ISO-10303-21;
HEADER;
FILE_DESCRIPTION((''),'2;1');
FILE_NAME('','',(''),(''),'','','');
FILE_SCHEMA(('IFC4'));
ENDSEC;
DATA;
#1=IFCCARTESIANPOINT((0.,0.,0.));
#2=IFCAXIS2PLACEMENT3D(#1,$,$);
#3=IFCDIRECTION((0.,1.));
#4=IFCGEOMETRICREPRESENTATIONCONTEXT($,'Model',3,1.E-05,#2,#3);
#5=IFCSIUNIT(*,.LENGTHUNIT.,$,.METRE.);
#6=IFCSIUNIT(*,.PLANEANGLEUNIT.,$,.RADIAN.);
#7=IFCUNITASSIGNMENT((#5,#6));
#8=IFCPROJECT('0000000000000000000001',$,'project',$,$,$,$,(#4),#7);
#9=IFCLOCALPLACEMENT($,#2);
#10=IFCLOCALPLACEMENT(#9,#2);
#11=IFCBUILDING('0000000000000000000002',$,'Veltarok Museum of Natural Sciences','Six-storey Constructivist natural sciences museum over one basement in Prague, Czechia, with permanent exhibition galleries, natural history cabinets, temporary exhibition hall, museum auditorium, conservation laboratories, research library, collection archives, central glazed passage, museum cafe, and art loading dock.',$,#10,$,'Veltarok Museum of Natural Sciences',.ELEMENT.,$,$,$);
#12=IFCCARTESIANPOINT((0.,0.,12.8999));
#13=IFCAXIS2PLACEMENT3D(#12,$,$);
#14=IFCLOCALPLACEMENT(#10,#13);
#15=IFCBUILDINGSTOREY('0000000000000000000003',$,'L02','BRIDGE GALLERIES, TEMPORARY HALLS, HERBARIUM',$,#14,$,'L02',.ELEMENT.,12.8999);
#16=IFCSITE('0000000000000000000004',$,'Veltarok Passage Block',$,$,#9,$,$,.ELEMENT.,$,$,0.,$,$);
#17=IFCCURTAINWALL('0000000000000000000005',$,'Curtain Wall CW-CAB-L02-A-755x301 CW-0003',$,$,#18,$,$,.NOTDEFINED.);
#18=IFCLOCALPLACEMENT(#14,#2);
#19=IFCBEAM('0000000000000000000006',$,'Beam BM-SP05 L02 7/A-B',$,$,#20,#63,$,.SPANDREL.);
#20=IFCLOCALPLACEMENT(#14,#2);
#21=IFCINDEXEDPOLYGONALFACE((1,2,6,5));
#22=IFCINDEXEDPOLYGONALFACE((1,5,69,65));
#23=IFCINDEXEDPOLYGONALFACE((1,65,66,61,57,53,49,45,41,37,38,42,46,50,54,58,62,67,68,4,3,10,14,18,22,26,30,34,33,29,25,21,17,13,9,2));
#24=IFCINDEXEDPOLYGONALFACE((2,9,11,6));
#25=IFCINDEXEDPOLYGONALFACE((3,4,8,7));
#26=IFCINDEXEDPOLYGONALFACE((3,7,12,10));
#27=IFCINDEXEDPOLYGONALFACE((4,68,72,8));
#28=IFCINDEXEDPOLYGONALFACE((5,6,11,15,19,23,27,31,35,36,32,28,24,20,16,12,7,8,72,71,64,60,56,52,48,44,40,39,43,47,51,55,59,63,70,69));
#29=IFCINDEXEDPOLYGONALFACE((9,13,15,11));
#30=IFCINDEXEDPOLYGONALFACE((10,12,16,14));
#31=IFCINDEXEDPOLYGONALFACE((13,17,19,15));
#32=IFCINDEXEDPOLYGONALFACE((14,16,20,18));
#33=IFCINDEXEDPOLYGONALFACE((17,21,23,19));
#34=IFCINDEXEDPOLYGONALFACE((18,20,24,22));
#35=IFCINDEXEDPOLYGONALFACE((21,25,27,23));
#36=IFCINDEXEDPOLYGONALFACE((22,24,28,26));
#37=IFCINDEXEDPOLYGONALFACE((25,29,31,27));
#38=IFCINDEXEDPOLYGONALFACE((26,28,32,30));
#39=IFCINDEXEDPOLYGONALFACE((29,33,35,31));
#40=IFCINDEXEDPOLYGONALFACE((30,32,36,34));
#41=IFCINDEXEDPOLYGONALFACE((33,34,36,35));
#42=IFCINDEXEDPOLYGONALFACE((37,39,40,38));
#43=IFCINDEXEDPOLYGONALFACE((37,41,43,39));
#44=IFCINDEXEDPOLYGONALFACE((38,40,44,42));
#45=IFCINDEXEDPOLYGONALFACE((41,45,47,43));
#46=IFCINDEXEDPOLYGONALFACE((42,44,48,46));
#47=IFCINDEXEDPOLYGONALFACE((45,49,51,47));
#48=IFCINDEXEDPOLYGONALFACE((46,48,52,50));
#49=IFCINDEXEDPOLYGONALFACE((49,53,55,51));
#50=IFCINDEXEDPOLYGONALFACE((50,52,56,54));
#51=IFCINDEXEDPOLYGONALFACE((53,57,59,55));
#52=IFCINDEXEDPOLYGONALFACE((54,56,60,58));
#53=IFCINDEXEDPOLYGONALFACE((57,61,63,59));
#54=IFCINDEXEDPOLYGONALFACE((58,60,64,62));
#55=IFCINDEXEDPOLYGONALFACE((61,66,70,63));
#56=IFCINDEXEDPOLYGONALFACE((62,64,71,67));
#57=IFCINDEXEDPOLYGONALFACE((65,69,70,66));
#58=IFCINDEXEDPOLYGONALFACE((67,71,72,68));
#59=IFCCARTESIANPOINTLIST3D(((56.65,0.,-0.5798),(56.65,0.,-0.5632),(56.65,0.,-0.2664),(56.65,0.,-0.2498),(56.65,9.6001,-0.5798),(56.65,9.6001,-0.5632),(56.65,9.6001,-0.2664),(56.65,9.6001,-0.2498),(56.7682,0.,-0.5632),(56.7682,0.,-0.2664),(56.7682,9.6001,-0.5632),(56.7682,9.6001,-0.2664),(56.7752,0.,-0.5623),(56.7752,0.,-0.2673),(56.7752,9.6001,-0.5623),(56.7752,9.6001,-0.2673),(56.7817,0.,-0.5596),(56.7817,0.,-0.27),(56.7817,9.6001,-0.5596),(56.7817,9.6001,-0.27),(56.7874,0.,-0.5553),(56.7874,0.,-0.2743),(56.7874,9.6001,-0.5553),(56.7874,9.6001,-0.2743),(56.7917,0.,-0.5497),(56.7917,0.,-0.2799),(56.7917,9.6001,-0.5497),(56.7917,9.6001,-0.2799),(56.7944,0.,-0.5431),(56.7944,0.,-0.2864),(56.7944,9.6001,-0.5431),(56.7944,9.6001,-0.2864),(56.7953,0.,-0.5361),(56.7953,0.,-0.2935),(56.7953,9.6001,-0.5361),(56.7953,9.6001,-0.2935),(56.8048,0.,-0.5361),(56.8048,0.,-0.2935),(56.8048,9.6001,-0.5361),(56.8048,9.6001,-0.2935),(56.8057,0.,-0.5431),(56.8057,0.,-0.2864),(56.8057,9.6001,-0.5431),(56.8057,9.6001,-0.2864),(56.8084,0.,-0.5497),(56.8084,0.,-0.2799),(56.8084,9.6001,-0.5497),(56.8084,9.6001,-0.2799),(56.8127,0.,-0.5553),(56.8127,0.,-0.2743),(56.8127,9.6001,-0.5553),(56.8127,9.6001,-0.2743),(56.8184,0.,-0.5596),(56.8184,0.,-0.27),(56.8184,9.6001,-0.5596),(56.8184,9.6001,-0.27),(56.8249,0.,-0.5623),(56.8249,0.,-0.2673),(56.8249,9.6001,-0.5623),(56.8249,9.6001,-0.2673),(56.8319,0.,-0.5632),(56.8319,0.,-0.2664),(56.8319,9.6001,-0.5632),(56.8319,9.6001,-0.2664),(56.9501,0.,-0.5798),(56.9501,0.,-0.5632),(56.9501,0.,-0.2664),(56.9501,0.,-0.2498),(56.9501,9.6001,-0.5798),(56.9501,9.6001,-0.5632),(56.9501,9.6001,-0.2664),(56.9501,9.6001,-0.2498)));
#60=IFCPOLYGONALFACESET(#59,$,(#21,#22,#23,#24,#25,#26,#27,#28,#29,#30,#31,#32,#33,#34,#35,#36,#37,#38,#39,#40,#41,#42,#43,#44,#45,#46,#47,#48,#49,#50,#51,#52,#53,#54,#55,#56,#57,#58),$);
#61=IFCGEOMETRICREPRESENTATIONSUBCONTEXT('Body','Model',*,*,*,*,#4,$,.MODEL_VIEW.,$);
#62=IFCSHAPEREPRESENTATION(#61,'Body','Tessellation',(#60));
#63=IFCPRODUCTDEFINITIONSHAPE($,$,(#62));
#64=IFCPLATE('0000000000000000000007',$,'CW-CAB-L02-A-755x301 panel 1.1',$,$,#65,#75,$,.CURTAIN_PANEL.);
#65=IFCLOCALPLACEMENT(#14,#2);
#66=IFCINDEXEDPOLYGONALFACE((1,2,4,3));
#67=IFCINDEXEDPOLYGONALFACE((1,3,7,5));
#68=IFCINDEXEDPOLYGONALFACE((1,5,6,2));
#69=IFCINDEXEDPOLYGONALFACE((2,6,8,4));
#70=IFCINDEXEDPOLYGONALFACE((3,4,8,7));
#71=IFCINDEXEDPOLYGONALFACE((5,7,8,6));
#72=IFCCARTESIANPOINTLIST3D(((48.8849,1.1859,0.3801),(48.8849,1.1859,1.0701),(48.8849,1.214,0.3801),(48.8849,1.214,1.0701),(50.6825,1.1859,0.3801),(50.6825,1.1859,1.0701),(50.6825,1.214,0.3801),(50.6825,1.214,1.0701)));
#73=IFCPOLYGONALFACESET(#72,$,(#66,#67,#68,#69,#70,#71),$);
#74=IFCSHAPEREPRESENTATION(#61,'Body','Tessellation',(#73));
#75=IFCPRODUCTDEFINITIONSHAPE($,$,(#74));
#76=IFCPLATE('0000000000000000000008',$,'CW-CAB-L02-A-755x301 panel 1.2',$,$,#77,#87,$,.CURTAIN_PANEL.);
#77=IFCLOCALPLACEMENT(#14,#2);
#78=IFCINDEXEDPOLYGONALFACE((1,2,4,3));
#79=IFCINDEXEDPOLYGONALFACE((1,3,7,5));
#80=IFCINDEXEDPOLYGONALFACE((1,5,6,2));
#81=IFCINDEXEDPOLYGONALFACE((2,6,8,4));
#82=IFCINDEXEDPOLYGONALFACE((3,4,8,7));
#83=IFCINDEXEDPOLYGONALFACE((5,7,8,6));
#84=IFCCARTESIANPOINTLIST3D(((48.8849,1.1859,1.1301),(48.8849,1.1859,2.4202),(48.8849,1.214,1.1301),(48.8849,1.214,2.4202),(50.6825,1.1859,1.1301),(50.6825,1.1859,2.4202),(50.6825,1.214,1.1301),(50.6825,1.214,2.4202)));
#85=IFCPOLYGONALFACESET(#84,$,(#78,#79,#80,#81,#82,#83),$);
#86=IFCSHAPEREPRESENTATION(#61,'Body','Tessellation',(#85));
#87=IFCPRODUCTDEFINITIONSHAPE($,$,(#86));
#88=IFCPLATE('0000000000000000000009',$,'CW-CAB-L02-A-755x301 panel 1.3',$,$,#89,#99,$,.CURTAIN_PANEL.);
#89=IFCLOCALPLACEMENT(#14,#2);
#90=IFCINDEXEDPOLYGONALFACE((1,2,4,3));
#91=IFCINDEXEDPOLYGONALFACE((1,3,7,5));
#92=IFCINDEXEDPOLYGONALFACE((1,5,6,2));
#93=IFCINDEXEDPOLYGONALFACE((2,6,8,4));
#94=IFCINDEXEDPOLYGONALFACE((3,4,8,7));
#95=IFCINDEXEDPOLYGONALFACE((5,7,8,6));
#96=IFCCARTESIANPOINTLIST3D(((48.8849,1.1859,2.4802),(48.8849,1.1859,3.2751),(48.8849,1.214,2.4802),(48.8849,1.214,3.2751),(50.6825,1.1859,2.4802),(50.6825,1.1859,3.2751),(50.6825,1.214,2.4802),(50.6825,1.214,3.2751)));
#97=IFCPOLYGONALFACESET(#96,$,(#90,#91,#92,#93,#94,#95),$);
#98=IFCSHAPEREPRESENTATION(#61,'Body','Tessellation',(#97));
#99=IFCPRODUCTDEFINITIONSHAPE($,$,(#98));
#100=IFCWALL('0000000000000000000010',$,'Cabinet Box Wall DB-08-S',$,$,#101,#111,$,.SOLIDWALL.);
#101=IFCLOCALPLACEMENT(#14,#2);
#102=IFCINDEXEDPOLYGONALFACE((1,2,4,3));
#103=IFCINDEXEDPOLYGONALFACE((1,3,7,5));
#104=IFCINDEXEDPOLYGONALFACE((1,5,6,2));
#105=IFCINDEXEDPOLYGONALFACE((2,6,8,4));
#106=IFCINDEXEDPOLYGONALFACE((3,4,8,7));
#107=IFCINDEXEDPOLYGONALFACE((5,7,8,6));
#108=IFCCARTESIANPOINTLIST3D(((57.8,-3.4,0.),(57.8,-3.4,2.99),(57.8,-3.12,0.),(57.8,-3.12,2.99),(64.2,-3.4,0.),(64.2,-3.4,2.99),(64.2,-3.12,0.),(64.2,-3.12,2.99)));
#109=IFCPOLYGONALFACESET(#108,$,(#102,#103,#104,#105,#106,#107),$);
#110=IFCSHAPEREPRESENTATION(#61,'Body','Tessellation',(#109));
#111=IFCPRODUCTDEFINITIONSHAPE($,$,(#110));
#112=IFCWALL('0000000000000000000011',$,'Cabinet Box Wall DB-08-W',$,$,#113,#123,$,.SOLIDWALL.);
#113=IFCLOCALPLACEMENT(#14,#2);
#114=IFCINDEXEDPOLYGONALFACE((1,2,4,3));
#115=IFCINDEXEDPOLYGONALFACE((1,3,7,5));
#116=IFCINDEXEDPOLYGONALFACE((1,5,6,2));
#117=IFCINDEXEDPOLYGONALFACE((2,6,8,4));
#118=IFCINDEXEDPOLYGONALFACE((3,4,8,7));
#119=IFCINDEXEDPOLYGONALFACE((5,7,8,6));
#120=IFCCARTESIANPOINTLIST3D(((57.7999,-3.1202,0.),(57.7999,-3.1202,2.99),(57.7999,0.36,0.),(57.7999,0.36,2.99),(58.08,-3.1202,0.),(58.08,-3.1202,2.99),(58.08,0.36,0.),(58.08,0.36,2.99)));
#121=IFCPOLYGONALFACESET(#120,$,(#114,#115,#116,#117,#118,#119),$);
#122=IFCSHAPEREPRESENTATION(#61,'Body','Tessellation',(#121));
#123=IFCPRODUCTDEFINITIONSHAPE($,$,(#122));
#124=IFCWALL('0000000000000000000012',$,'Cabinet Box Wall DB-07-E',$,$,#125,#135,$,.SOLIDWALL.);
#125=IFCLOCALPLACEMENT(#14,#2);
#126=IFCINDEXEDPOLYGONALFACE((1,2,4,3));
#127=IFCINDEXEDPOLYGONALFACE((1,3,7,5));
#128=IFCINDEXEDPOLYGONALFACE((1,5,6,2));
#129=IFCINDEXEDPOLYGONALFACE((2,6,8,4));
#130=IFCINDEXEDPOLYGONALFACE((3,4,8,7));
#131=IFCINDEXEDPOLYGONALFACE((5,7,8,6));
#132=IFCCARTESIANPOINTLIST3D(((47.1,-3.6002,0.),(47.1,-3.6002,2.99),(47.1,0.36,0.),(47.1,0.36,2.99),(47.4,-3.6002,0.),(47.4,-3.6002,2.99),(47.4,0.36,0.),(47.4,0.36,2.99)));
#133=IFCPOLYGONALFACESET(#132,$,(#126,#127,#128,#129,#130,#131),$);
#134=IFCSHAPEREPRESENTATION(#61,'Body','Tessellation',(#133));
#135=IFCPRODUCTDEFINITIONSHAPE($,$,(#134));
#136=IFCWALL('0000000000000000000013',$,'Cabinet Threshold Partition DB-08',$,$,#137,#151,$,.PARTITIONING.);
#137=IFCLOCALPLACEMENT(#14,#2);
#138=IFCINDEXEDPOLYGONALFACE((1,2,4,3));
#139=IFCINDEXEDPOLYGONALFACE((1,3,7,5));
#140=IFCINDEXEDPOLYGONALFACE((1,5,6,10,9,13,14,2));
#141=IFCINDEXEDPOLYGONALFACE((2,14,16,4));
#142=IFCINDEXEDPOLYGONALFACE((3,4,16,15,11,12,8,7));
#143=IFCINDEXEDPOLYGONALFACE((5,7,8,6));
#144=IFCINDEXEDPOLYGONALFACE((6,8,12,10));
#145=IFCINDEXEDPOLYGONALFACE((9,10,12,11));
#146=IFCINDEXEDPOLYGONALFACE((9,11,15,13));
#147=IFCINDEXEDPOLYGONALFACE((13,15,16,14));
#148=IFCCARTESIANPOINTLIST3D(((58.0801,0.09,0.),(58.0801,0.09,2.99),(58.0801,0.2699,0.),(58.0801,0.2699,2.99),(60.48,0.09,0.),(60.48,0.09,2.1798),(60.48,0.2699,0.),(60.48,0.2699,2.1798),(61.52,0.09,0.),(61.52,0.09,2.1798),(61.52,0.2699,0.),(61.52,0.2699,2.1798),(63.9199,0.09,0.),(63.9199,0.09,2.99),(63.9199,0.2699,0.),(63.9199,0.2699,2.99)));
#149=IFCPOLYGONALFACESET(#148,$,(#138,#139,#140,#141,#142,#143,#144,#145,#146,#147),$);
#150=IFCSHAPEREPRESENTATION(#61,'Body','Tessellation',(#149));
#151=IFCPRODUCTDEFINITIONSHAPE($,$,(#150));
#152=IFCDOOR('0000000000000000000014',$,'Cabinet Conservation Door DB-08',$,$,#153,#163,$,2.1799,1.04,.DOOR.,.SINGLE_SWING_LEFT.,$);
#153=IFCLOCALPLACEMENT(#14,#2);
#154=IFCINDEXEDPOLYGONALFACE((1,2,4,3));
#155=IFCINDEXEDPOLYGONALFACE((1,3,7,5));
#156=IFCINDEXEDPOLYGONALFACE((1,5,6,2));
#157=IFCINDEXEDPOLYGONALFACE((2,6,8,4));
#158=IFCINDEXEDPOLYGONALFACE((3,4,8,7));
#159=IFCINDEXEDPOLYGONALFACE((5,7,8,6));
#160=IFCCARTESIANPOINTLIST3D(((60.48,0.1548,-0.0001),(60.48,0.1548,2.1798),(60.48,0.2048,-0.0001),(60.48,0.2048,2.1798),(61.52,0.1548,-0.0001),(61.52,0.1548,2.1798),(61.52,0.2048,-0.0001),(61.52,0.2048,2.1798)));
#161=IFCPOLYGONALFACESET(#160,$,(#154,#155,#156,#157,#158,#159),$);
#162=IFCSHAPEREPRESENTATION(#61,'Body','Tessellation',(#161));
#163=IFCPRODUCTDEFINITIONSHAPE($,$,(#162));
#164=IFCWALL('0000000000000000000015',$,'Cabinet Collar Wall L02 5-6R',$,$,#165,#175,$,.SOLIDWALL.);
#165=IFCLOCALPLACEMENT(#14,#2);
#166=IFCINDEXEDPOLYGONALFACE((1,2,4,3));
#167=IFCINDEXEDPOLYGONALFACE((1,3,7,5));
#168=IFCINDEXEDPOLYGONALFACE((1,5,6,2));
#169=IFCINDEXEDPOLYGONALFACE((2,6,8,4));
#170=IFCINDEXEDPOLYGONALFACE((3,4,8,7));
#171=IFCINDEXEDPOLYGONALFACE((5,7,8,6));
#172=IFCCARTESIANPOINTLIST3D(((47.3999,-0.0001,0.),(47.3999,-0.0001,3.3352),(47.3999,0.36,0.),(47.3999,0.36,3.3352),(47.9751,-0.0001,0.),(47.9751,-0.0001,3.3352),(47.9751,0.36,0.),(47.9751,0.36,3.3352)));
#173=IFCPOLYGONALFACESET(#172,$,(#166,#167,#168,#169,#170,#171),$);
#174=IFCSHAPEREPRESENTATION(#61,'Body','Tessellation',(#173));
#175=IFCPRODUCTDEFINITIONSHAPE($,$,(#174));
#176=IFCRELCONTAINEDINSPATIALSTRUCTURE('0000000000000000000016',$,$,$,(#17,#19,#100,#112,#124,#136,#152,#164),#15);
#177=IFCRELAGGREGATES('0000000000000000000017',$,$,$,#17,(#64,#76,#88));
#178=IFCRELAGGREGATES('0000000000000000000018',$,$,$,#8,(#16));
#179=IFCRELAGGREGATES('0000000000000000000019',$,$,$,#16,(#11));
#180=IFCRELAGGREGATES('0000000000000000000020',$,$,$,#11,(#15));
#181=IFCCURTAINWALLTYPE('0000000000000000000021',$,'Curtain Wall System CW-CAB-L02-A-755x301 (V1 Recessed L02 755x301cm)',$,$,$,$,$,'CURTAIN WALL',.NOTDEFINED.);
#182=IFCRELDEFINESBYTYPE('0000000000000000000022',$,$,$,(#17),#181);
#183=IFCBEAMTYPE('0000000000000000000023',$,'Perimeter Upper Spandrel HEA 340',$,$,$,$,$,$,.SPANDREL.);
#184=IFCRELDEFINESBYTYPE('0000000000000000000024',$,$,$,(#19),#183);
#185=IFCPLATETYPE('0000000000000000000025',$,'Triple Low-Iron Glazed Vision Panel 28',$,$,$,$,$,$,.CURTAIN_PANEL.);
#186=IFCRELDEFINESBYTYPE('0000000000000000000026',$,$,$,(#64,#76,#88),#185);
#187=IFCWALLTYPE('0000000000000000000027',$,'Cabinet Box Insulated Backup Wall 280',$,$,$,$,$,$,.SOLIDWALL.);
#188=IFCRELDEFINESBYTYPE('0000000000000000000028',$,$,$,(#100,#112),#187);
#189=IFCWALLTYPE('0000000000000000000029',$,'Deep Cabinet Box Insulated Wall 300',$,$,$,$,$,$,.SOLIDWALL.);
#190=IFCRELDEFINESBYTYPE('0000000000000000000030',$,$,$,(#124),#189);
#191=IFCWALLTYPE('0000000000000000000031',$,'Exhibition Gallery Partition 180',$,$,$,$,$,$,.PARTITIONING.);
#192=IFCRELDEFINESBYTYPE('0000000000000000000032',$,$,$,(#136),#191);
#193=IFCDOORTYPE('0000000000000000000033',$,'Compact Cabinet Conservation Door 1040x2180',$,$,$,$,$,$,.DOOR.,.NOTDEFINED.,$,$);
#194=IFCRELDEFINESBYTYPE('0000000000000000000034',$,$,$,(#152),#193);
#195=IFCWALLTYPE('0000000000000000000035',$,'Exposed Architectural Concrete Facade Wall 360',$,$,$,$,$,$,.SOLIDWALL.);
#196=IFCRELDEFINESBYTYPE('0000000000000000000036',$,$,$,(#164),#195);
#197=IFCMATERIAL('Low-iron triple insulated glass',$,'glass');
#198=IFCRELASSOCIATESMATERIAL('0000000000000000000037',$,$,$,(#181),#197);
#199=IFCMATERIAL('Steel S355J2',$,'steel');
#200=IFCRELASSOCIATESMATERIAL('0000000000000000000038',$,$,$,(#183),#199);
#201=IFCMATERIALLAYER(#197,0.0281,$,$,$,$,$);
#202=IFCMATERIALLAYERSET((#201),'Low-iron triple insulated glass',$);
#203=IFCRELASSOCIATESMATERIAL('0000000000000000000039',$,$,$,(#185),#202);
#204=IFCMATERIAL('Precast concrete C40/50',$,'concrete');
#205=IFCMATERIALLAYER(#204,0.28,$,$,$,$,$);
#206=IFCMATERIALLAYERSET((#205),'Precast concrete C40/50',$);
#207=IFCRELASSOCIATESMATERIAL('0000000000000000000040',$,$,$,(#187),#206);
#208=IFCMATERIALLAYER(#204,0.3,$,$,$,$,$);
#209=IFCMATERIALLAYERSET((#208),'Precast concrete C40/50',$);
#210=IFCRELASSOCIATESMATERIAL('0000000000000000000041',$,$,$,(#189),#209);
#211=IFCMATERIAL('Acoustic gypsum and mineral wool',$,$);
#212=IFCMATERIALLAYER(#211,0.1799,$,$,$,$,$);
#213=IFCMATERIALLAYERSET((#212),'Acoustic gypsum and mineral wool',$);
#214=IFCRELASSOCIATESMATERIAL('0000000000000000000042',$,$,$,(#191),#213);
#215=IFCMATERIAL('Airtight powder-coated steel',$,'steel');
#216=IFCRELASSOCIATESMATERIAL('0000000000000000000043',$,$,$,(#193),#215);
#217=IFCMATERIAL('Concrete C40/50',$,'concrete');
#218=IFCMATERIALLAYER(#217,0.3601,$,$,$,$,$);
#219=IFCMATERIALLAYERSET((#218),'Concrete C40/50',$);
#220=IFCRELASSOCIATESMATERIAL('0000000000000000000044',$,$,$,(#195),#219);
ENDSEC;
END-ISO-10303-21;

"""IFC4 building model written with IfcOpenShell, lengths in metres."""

from ifc_helpers import new_model, si_unit, direction, frame, frame_2d, origin, origin_2d, place, context, subcontext, project, spatial, rectangle, i_section, extrude, material, layer, layer_set, material_profile, profile_set, type_object, element, fill, aggregate, save


model = new_model("IFC4")

# Units and contexts
model_context = context("Model", 3, precision=1e-05, world=origin(), true_north=direction((0.0, 1.0)))
body_context = subcontext(model_context, "Body", "Model", "MODEL_VIEW")
ifc_project = project(units=[si_unit("LENGTHUNIT", "METRE"), si_unit("PLANEANGLEUNIT", "RADIAN")], contexts=[model_context])

# Site, building, storey
site_placement = place(None, origin())
site = spatial("IfcSite", under=ifc_project, at=site_placement, Name="Veltarok Passage Block", CompositionType="ELEMENT", RefElevation=0.0)
building_placement = place(site_placement, origin())
building = spatial("IfcBuilding", under=site, at=building_placement, Name="Veltarok Museum of Natural Sciences", Description="Six-storey Constructivist natural sciences museum over one basement in Prague, Czechia, with permanent exhibition galleries, natural history cabinets, temporary exhibition hall, museum auditorium, conservation laboratories, research library, collection archives, central glazed passage, museum cafe, and art loading dock.", LongName="Veltarok Museum of Natural Sciences", CompositionType="ELEMENT")
storey_placement = place(building_placement, frame((0.0, 0.0, 12.8999)))
storey = spatial("IfcBuildingStorey", under=building, at=storey_placement, Name="L02", Description="BRIDGE GALLERIES, TEMPORARY HALLS, HERBARIUM", LongName="L02", CompositionType="ELEMENT", Elevation=12.8999)

# Shared definitions
ifc_material_1 = material(Name="Concrete C40/50", Category="concrete")

# Shared definitions
ifc_material_2 = material(Name="Steel S355J2", Category="steel")

# Curtain wall
ifc_material_3 = material(Name="Low-iron triple insulated glass", Category="glass")
curtain_wall_type = type_object("IfcCurtainWallType", Name="Curtain Wall System CW-CAB-L02-A-755x301 (V1 Recessed L02 755x301cm)", ElementType="CURTAIN WALL", PredefinedType="NOTDEFINED", material=ifc_material_3)
curtain_wall_placement = place(storey_placement, origin())
curtain_wall = element("IfcCurtainWall", 1, at=curtain_wall_placement, inside=storey, type_object=curtain_wall_type, Name="Curtain Wall CW-CAB-L02-A-755x301 CW-0003", PredefinedType="NOTDEFINED")

# Beam
ifc_material_profile_1 = material_profile(ifc_material_2, i_section(OverallWidth=0.3, OverallDepth=0.3301, WebThickness=0.0095, FlangeThickness=0.0166, FilletRadius=0.0271, at=origin_2d()), Name="HEA 340")
ifc_profile_set_1 = profile_set([ifc_material_profile_1], Name="Steel S355J2")
beam_type_1 = type_object("IfcBeamType", Name="Perimeter Upper Spandrel HEA 340", PredefinedType="SPANDREL", material=ifc_profile_set_1)
for number, where, z_axis, x_axis, name in (
    (2, (56.8, 0.0, -0.4148), (0.0, 1.0, 0.0), (-1.0, 0.0, 0.0), "Beam BM-SP05 L02 7/A-B"),
):
    element("IfcBeam", number, at=place(storey_placement, frame(where, z_axis=z_axis, x_axis=x_axis)), inside=storey, type_object=beam_type_1, Name=name, PredefinedType="SPANDREL", context=body_context, shape_type="SweptSolid", body=[
        extrude(i_section(OverallWidth=0.3, OverallDepth=0.3301, WebThickness=0.0095, FlangeThickness=0.0166, FilletRadius=0.0271, at=origin_2d()), origin(), (0.0, 0.0, 1.0), 9.6001),
    ])

# Plates
ifc_layer_1 = layer(ifc_material_3, 0.0281)
ifc_layer_set_1 = layer_set([ifc_layer_1], Name="Low-iron triple insulated glass")
plate_type = type_object("IfcPlateType", Name="Triple Low-Iron Glazed Vision Panel 28", PredefinedType="CURTAIN_PANEL", material=ifc_layer_set_1)
plate_1_placement = place(storey_placement, frame((49.7837, 1.2, 0.3801), z_axis=(0.0, 0.0, 1.0), x_axis=(1.0, 0.0, 0.0)))
plate_1 = element("IfcPlate", 3, at=plate_1_placement, type_object=plate_type, Name="CW-CAB-L02-A-755x301 panel 1.1", PredefinedType="CURTAIN_PANEL", context=body_context, shape_type="SweptSolid", body=[
    extrude(rectangle(XDim=1.7976, YDim=0.0281, at=origin_2d()), origin(), (0.0, 0.0, 1.0), 0.6899),
])
plate_2_placement = place(storey_placement, frame((49.7837, 1.2, 1.1301), z_axis=(0.0, 0.0, 1.0), x_axis=(1.0, 0.0, 0.0)))
plate_2 = element("IfcPlate", 4, at=plate_2_placement, type_object=plate_type, Name="CW-CAB-L02-A-755x301 panel 1.2", PredefinedType="CURTAIN_PANEL", context=body_context, shape_type="SweptSolid", body=[
    extrude(rectangle(XDim=1.7976, YDim=0.0281, at=origin_2d()), origin(), (0.0, 0.0, 1.0), 1.29),
])
plate_3_placement = place(storey_placement, frame((49.7837, 1.2, 2.4802), z_axis=(0.0, 0.0, 1.0), x_axis=(1.0, 0.0, 0.0)))
plate_3 = element("IfcPlate", 5, at=plate_3_placement, type_object=plate_type, Name="CW-CAB-L02-A-755x301 panel 1.3", PredefinedType="CURTAIN_PANEL", context=body_context, shape_type="SweptSolid", body=[
    extrude(rectangle(XDim=1.7976, YDim=0.0281, at=origin_2d()), origin(), (0.0, 0.0, 1.0), 0.7949),
])
aggregate(curtain_wall, [plate_1, plate_2, plate_3])

# Walls
ifc_material_4 = material(Name="Precast concrete C40/50", Category="concrete")
ifc_layer_2 = layer(ifc_material_4, 0.28)
ifc_layer_set_2 = layer_set([ifc_layer_2], Name="Precast concrete C40/50")
wall_type_1 = type_object("IfcWallType", Name="Cabinet Box Insulated Backup Wall 280", PredefinedType="SOLIDWALL", material=ifc_layer_set_2)
wall_1_placement = place(storey_placement, frame((57.8, -3.26, 0.0), z_axis=(0.0, 0.0, 1.0), x_axis=(1.0, 0.0, 0.0)))
element("IfcWall", 6, at=wall_1_placement, inside=storey, type_object=wall_type_1, Name="Cabinet Box Wall DB-08-S", PredefinedType="SOLIDWALL", context=body_context, shape_type="SweptSolid", body=[
    extrude(rectangle(XDim=6.3999, YDim=0.28, at=frame_2d((3.2, 0.0))), origin(), (0.0, 0.0, 1.0), 2.99),
])
wall_2_placement = place(storey_placement, frame((57.9399, 0.3601, 0.0), z_axis=(0.0, 0.0, 1.0), x_axis=(0.0, -1.0, 0.0)))
element("IfcWall", 7, at=wall_2_placement, inside=storey, type_object=wall_type_1, Name="Cabinet Box Wall DB-08-W", PredefinedType="SOLIDWALL", context=body_context, shape_type="SweptSolid", body=[
    extrude(rectangle(XDim=3.4802, YDim=0.28, at=frame_2d((1.7402, 0.0))), origin(), (0.0, 0.0, 1.0), 2.99),
])
ifc_layer_3 = layer(ifc_material_4, 0.3)
ifc_layer_set_3 = layer_set([ifc_layer_3], Name="Precast concrete C40/50")
wall_type_2 = type_object("IfcWallType", Name="Deep Cabinet Box Insulated Wall 300", PredefinedType="SOLIDWALL", material=ifc_layer_set_3)
wall_3_placement = place(storey_placement, frame((47.25, -3.6001, 0.0), z_axis=(0.0, 0.0, 1.0), x_axis=(0.0, 1.0, 0.0)))
element("IfcWall", 8, at=wall_3_placement, inside=storey, type_object=wall_type_2, Name="Cabinet Box Wall DB-07-E", PredefinedType="SOLIDWALL", context=body_context, shape_type="SweptSolid", body=[
    extrude(rectangle(XDim=3.9602, YDim=0.3, at=frame_2d((1.98, 0.0))), origin(), (0.0, 0.0, 1.0), 2.99),
])

# Wall, opening, door
ifc_material_5 = material(Name="Acoustic gypsum and mineral wool")
ifc_layer_4 = layer(ifc_material_5, 0.1799)
ifc_layer_set_4 = layer_set([ifc_layer_4], Name="Acoustic gypsum and mineral wool")
wall_type_3 = type_object("IfcWallType", Name="Exhibition Gallery Partition 180", PredefinedType="PARTITIONING", material=ifc_layer_set_4)
wall_4_placement = place(storey_placement, frame((58.0801, 0.1799, 0.0), z_axis=(0.0, 0.0, 1.0), x_axis=(1.0, 0.0, 0.0)))
wall_4 = element("IfcWall", 9, at=wall_4_placement, inside=storey, type_object=wall_type_3, Name="Cabinet Threshold Partition DB-08", PredefinedType="PARTITIONING", context=body_context, shape_type="SweptSolid", body=[
    extrude(rectangle(XDim=5.8398, YDim=0.1799, at=frame_2d((2.9199, 0.0))), origin(), (0.0, 0.0, 1.0), 2.99),
])
opening_placement = place(wall_4_placement, frame((2.3999, 0.0, 0.0)))
opening = element("IfcOpeningElement", 10, at=opening_placement, cuts=wall_4, PredefinedType="OPENING", context=body_context, shape_type="SweptSolid", body=[
    extrude(rectangle(XDim=1.04, YDim=2.1799, at=frame_2d((0.52, 1.0898))), frame((0.0, 0.1001, 0.0), z_axis=(0.0, -1.0, 0.0), x_axis=(1.0, 0.0, 0.0)), (0.0, 0.0, 1.0), 0.2),
])
ifc_material_6 = material(Name="Airtight powder-coated steel", Category="steel")
door_type = type_object("IfcDoorType", Name="Compact Cabinet Conservation Door 1040x2180", OperationType="NOTDEFINED", PredefinedType="DOOR", material=ifc_material_6)
door_placement = place(opening_placement, origin())
door = element("IfcDoor", 11, at=door_placement, inside=storey, type_object=door_type, Name="Cabinet Conservation Door DB-08", OperationType="SINGLE_SWING_LEFT", OverallHeight=2.1799, OverallWidth=1.04, PredefinedType="DOOR", context=body_context, shape_type="SweptSolid", body=[
    extrude(rectangle(XDim=1.04, YDim=2.1799, at=frame_2d((0.52, 1.0898))), frame((0.0, 0.0249, 0.0), z_axis=(0.0, -1.0, 0.0), x_axis=(1.0, 0.0, 0.0)), (0.0, 0.0, 1.0), 0.05),
])
fill(opening, door)

# Wall
ifc_layer_5 = layer(ifc_material_1, 0.3601)
ifc_layer_set_5 = layer_set([ifc_layer_5], Name="Concrete C40/50")
wall_type_4 = type_object("IfcWallType", Name="Exposed Architectural Concrete Facade Wall 360", PredefinedType="SOLIDWALL", material=ifc_layer_set_5)
wall_5_placement = place(storey_placement, frame((47.3999, 0.1799, 0.0), z_axis=(0.0, 0.0, 1.0), x_axis=(1.0, 0.0, 0.0)))
element("IfcWall", 12, at=wall_5_placement, inside=storey, type_object=wall_type_4, Name="Cabinet Collar Wall L02 5-6R", PredefinedType="SOLIDWALL", context=body_context, shape_type="SweptSolid", body=[
    extrude(rectangle(XDim=0.5752, YDim=0.3601, at=frame_2d((0.2876, 0.0))), origin(), (0.0, 0.0, 1.0), 3.3352),
])

save(model, "model.ifc")
